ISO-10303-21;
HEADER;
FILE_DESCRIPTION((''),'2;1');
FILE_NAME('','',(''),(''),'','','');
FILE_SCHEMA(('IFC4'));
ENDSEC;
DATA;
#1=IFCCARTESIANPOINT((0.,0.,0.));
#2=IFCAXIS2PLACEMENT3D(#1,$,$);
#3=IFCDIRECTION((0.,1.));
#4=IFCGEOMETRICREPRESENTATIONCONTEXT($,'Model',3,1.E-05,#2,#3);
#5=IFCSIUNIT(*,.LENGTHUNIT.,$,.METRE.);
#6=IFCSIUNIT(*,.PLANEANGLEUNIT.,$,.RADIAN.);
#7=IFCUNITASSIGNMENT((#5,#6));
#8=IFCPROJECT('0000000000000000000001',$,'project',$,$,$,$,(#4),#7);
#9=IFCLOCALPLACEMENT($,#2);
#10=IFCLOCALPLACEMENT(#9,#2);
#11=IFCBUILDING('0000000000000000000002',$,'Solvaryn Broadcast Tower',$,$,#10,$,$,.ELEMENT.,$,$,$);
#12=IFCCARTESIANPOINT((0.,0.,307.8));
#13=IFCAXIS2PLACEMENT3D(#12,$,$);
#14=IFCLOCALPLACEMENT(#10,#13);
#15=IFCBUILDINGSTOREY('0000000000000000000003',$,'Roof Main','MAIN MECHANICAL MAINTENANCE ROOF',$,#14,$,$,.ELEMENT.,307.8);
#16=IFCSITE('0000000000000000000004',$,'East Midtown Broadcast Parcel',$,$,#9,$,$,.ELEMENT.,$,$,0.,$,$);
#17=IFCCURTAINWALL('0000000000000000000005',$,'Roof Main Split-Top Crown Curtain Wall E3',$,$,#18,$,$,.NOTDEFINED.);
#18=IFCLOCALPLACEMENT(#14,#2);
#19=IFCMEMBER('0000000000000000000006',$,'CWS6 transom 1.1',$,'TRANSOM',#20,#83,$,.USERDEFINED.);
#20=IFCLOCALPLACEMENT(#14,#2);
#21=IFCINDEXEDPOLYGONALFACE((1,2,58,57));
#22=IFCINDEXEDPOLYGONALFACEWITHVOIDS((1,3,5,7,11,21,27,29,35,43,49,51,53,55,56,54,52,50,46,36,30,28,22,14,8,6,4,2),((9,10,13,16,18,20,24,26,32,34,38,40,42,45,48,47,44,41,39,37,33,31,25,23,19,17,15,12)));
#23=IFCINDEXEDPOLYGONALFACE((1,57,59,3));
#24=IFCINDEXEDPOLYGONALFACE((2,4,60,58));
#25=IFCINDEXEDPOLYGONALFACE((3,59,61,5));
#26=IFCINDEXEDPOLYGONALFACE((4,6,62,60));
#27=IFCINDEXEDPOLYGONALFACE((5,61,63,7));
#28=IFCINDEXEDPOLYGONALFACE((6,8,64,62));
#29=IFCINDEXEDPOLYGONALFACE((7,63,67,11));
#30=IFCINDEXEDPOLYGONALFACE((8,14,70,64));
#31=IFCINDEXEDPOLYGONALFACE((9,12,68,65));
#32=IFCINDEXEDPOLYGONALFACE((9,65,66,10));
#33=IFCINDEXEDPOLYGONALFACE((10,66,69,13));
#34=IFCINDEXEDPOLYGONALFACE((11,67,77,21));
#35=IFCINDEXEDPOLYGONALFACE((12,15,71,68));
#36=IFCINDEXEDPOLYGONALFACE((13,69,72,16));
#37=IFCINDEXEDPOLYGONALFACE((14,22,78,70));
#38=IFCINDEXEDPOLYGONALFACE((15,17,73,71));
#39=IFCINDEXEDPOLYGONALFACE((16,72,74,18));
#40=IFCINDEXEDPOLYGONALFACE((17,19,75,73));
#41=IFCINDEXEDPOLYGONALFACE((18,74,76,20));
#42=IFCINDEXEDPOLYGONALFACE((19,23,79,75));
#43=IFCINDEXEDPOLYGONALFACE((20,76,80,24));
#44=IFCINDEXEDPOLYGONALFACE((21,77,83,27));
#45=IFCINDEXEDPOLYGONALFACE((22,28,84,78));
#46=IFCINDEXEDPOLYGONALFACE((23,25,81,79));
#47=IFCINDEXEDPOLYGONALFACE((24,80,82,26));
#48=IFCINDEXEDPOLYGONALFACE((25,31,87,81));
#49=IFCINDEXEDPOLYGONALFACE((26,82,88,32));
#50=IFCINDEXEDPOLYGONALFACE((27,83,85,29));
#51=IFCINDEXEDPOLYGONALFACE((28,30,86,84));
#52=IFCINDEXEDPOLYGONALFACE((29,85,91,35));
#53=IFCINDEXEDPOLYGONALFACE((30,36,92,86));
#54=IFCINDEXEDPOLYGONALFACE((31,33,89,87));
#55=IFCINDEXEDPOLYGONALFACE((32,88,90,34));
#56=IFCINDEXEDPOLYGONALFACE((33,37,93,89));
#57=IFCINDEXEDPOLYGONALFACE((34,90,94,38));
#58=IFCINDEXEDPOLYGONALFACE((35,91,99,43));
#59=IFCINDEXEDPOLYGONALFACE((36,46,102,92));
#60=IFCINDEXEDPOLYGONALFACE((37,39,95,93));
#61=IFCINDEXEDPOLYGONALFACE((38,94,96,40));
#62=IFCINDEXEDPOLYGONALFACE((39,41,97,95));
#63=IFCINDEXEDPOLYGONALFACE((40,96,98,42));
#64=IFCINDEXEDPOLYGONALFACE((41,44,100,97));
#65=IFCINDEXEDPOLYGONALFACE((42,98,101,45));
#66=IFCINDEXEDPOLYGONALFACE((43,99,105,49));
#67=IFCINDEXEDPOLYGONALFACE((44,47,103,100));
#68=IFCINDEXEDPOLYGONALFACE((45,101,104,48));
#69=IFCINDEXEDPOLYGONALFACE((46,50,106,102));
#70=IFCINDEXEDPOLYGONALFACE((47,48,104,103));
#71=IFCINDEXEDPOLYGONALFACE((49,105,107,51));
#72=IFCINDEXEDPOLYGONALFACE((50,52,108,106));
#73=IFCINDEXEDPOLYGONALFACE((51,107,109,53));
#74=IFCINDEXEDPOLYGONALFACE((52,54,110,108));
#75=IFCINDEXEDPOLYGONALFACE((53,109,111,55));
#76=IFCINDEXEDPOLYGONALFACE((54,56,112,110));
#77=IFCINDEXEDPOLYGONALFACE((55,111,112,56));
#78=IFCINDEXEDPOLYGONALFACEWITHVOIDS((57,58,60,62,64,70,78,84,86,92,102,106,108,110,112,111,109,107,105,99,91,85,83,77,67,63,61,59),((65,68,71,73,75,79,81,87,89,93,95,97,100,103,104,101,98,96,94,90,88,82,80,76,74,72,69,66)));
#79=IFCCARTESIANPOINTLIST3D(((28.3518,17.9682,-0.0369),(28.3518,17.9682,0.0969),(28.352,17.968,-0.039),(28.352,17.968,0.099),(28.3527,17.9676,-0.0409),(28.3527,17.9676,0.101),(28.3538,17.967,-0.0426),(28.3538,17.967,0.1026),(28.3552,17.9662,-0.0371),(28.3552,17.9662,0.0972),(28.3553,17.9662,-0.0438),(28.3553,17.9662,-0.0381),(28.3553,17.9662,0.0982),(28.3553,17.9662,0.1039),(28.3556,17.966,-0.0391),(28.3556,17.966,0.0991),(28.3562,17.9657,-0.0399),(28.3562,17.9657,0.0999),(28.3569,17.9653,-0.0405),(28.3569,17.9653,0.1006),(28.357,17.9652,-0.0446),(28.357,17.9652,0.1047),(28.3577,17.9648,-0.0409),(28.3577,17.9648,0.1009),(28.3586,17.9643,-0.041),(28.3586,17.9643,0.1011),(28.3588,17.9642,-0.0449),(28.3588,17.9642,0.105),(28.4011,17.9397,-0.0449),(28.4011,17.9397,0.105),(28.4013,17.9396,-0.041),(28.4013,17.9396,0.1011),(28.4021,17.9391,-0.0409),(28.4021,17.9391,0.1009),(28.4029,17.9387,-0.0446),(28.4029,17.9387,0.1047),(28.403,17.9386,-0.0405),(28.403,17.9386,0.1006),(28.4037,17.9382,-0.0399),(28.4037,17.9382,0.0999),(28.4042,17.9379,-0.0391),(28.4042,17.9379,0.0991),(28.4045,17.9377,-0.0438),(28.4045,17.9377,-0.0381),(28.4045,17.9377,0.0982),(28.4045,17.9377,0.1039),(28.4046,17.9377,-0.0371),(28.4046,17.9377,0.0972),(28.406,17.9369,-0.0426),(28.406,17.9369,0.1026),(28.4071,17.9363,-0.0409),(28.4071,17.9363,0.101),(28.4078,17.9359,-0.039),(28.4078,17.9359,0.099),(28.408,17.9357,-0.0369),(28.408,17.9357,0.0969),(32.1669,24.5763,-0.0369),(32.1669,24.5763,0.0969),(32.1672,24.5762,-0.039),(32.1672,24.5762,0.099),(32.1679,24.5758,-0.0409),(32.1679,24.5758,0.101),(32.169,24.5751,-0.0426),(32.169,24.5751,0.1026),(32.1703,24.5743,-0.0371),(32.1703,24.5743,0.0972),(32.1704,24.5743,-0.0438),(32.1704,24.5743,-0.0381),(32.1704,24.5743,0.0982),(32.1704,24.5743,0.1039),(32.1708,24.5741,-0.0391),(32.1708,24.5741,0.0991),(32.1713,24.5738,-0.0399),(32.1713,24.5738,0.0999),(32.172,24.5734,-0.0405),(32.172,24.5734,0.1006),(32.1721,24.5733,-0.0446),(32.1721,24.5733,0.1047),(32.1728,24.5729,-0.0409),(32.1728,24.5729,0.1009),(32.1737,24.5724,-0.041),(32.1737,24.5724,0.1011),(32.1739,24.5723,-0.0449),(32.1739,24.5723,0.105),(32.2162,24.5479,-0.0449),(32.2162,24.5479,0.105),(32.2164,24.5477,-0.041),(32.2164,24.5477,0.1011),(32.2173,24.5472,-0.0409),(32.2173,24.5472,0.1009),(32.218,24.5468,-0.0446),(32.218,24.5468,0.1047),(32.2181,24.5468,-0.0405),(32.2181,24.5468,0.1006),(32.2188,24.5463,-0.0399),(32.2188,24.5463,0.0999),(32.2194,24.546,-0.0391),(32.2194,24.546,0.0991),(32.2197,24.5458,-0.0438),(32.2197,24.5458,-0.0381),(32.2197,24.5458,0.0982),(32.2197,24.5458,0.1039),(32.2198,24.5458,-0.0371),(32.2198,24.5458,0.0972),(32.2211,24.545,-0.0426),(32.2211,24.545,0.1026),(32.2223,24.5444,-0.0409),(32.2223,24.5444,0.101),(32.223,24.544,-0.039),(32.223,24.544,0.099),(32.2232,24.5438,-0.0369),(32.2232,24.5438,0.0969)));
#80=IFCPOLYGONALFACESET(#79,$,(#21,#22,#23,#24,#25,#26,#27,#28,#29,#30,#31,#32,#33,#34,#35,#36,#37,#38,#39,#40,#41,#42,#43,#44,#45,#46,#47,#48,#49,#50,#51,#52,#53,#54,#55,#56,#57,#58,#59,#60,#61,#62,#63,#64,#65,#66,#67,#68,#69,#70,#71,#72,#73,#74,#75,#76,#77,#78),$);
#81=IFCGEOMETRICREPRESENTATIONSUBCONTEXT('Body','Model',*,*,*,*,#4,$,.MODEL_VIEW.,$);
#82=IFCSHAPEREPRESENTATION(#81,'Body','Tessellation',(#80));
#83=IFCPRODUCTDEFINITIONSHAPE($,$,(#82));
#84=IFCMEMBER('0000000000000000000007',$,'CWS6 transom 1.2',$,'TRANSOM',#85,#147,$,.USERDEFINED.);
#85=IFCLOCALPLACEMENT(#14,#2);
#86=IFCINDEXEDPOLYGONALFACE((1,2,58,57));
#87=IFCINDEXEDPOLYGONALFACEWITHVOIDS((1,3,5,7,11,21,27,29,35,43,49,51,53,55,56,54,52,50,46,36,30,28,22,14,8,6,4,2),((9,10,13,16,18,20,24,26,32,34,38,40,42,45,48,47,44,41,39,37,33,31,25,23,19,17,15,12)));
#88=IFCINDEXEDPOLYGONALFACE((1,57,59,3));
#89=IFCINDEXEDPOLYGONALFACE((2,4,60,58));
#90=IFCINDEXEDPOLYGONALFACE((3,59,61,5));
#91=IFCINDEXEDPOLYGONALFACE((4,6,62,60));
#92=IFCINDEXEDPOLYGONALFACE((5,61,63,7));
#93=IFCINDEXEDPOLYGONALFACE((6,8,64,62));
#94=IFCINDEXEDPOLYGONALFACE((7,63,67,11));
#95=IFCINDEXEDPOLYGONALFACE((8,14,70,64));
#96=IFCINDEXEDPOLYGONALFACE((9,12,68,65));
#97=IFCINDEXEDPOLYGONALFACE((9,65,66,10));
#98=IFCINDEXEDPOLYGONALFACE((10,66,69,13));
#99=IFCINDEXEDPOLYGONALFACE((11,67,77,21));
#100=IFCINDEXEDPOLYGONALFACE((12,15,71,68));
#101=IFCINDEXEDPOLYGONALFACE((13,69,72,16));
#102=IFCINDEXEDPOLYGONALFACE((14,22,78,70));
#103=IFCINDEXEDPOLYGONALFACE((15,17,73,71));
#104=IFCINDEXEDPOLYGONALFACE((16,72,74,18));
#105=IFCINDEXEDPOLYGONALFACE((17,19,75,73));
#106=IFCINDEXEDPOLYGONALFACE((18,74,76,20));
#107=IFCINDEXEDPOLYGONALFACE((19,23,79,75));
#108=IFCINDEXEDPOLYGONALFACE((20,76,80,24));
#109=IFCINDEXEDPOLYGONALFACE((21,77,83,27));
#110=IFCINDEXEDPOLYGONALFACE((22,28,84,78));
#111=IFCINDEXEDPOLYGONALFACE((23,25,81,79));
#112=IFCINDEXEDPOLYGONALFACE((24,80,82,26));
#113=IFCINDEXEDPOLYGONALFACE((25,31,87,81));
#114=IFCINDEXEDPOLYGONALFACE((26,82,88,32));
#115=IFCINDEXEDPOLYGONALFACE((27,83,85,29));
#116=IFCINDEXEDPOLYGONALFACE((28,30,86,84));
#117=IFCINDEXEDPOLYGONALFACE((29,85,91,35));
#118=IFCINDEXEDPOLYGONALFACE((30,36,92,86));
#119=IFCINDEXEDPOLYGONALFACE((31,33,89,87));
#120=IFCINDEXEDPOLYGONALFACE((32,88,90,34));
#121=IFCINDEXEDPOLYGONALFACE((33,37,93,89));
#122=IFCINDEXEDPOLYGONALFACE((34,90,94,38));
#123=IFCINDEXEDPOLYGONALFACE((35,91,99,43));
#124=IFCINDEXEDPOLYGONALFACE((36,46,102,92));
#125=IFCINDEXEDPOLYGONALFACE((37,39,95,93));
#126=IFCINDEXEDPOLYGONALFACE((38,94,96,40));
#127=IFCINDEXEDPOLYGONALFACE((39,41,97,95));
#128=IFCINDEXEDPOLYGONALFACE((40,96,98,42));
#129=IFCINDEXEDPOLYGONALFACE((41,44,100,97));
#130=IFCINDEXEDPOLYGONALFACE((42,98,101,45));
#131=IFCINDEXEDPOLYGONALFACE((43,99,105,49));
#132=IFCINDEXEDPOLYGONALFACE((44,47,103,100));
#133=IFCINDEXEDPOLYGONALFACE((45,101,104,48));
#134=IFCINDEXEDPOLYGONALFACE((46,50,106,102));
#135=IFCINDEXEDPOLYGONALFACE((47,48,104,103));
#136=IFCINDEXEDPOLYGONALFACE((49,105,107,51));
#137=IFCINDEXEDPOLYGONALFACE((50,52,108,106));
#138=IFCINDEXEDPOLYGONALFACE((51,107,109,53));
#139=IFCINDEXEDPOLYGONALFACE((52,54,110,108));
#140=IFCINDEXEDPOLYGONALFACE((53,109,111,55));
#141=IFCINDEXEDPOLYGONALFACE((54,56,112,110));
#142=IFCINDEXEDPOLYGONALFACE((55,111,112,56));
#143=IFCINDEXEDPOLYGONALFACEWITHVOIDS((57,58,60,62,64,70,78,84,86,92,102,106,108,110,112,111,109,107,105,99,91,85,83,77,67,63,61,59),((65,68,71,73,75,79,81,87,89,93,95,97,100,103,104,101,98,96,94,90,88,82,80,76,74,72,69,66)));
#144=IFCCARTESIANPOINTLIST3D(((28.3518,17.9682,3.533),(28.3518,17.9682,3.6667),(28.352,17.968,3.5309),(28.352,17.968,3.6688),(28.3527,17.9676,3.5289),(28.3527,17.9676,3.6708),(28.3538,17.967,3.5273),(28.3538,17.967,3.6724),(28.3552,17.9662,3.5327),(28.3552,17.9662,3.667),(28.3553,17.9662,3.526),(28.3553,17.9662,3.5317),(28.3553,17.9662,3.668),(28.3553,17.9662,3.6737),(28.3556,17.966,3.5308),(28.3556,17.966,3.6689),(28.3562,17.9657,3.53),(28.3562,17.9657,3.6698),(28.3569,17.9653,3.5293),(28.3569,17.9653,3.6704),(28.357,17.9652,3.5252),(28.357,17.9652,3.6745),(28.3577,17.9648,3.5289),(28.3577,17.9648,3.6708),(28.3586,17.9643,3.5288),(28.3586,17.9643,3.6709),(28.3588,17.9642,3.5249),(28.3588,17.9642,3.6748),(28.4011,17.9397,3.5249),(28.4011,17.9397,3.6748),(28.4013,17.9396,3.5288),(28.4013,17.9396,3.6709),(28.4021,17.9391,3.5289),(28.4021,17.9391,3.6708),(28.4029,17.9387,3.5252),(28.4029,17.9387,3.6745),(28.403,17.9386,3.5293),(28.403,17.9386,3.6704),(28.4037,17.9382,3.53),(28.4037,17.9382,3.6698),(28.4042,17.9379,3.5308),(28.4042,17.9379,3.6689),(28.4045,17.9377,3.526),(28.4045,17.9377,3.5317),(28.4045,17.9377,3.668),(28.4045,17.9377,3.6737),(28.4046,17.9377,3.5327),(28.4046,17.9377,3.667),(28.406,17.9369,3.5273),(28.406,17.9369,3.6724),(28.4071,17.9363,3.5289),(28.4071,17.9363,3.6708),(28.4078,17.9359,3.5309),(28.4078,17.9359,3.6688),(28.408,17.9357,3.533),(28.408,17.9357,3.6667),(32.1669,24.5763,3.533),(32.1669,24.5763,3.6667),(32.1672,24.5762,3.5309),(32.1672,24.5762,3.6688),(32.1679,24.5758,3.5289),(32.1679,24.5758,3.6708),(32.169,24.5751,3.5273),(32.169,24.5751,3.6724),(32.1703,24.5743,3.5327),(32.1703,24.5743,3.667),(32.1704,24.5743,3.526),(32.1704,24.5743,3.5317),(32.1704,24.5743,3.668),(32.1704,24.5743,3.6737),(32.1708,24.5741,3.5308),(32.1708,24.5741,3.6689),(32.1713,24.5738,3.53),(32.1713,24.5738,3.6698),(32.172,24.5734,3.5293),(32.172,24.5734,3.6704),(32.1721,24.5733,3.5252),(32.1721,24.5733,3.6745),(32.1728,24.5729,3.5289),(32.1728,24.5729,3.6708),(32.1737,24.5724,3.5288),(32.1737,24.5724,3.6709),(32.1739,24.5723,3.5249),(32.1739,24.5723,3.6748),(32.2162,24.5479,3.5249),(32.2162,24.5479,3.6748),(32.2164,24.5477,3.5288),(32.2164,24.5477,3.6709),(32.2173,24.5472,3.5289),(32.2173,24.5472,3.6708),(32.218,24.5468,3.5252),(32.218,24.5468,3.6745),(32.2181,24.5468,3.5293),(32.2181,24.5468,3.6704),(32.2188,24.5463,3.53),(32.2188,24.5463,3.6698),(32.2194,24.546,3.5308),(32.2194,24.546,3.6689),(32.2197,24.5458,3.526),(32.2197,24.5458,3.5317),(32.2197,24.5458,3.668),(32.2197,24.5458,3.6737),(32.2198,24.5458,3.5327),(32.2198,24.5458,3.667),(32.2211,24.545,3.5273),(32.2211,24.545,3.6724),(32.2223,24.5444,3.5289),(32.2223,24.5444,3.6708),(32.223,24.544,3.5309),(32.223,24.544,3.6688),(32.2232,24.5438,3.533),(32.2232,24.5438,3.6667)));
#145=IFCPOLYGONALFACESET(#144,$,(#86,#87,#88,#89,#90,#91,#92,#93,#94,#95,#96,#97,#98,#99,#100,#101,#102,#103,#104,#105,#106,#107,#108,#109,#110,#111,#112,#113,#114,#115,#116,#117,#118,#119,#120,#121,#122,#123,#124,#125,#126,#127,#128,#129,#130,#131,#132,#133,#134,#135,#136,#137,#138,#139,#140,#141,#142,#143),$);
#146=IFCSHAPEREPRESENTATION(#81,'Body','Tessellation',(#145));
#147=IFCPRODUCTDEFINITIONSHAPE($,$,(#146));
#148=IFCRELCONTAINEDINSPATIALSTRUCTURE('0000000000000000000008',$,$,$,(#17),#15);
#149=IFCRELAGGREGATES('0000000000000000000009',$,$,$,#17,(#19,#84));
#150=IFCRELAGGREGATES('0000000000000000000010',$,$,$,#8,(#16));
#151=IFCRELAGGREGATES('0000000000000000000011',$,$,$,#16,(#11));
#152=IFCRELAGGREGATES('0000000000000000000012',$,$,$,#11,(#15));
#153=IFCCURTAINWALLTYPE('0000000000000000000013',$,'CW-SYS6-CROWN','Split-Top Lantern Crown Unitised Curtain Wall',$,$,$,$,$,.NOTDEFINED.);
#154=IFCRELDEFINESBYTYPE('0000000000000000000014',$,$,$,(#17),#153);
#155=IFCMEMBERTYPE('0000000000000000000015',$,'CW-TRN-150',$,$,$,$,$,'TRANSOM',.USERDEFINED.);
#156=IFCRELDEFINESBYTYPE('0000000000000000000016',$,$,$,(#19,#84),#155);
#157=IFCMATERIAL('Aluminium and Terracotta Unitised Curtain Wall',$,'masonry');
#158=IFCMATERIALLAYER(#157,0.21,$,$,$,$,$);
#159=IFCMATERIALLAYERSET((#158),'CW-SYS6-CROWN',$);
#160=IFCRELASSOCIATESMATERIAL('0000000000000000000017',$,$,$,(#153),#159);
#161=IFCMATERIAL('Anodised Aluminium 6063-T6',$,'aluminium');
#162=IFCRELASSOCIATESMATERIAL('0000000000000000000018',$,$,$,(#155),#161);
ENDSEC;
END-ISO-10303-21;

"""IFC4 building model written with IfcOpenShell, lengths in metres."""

from ifc_helpers import new_model, si_unit, direction, frame, origin, origin_2d, place, context, subcontext, project, spatial, hollow_rectangle, extrude, material, layer, layer_set, material_profile, profile_set, type_object, element, aggregate, save


model = new_model("IFC4")

# Units and contexts
model_context = context("Model", 3, precision=1e-05, world=origin(), true_north=direction((0.0, 1.0)))
body_context = subcontext(model_context, "Body", "Model", "MODEL_VIEW")
ifc_project = project(units=[si_unit("LENGTHUNIT", "METRE"), si_unit("PLANEANGLEUNIT", "RADIAN")], contexts=[model_context])

# Site, building, storey
site_placement = place(None, origin())
site = spatial("IfcSite", under=ifc_project, at=site_placement, Name="East Midtown Broadcast Parcel", CompositionType="ELEMENT", RefElevation=0.0)
building_placement = place(site_placement, origin())
building = spatial("IfcBuilding", under=site, at=building_placement, Name="Solvaryn Broadcast Tower", CompositionType="ELEMENT")
storey_placement = place(building_placement, frame((0.0, 0.0, 307.8)))
storey = spatial("IfcBuildingStorey", under=building, at=storey_placement, Name="Roof Main", Description="MAIN MECHANICAL MAINTENANCE ROOF", CompositionType="ELEMENT", Elevation=307.8)

# Shared definitions
ifc_material_1 = material(Name="Aluminium and Terracotta Unitised Curtain Wall", Category="masonry")
ifc_layer_1 = layer(ifc_material_1, 0.21)
ifc_layer_set_1 = layer_set([ifc_layer_1], Name="CW-SYS6-CROWN")
curtain_wall_type = type_object("IfcCurtainWallType", Name="CW-SYS6-CROWN", Description="Split-Top Lantern Crown Unitised Curtain Wall", PredefinedType="NOTDEFINED", material=ifc_layer_set_1)

# Curtain wall
curtain_wall_1_placement = place(storey_placement, origin())
curtain_wall_1 = element("IfcCurtainWall", 1, at=curtain_wall_1_placement, inside=storey, type_object=curtain_wall_type, Name="Roof Main Split-Top Crown Curtain Wall E3", PredefinedType="NOTDEFINED")

# Members
ifc_material_2 = material(Name="Anodised Aluminium 6063-T6", Category="aluminium")
ifc_material_profile_1 = material_profile(ifc_material_2, hollow_rectangle(XDim=0.0649, YDim=0.1499, WallThickness=0.0039, InnerFilletRadius=0.0039, OuterFilletRadius=0.0081, at=origin_2d()))
ifc_profile_set_1 = profile_set([ifc_material_profile_1], Name="Anodised Aluminium 6063-T6")
member_type_1 = type_object("IfcMemberType", Name="CW-TRN-150", ElementType="TRANSOM", PredefinedType="USERDEFINED", material=ifc_profile_set_1)
member_1_placement = place(storey_placement, frame((32.1951, 24.5601, 0.03), z_axis=(-0.499997, -0.866027, 0.0), x_axis=(0.866027, -0.499997, 0.0)))
member_1 = element("IfcMember", 2, at=member_1_placement, type_object=member_type_1, Name="CWS6 transom 1.1", ObjectType="TRANSOM", PredefinedType="USERDEFINED", context=body_context, shape_type="SweptSolid", body=[
    extrude(hollow_rectangle(XDim=0.0649, YDim=0.1499, WallThickness=0.0039, InnerFilletRadius=0.0039, OuterFilletRadius=0.0081, at=origin_2d()), origin(), (0.0, 0.0, 1.0), 7.6304),
])
member_2_placement = place(storey_placement, frame((32.1951, 24.5601, 3.5999), z_axis=(-0.499997, -0.866027, 0.0), x_axis=(0.866027, -0.499997, 0.0)))
member_2 = element("IfcMember", 3, at=member_2_placement, type_object=member_type_1, Name="CWS6 transom 1.2", ObjectType="TRANSOM", PredefinedType="USERDEFINED", context=body_context, shape_type="SweptSolid", body=[
    extrude(hollow_rectangle(XDim=0.0649, YDim=0.1499, WallThickness=0.0039, InnerFilletRadius=0.0039, OuterFilletRadius=0.0081, at=origin_2d()), origin(), (0.0, 0.0, 1.0), 7.6304),
])

aggregate(curtain_wall_1, [member_1, member_2])

save(model, "model.ifc")
